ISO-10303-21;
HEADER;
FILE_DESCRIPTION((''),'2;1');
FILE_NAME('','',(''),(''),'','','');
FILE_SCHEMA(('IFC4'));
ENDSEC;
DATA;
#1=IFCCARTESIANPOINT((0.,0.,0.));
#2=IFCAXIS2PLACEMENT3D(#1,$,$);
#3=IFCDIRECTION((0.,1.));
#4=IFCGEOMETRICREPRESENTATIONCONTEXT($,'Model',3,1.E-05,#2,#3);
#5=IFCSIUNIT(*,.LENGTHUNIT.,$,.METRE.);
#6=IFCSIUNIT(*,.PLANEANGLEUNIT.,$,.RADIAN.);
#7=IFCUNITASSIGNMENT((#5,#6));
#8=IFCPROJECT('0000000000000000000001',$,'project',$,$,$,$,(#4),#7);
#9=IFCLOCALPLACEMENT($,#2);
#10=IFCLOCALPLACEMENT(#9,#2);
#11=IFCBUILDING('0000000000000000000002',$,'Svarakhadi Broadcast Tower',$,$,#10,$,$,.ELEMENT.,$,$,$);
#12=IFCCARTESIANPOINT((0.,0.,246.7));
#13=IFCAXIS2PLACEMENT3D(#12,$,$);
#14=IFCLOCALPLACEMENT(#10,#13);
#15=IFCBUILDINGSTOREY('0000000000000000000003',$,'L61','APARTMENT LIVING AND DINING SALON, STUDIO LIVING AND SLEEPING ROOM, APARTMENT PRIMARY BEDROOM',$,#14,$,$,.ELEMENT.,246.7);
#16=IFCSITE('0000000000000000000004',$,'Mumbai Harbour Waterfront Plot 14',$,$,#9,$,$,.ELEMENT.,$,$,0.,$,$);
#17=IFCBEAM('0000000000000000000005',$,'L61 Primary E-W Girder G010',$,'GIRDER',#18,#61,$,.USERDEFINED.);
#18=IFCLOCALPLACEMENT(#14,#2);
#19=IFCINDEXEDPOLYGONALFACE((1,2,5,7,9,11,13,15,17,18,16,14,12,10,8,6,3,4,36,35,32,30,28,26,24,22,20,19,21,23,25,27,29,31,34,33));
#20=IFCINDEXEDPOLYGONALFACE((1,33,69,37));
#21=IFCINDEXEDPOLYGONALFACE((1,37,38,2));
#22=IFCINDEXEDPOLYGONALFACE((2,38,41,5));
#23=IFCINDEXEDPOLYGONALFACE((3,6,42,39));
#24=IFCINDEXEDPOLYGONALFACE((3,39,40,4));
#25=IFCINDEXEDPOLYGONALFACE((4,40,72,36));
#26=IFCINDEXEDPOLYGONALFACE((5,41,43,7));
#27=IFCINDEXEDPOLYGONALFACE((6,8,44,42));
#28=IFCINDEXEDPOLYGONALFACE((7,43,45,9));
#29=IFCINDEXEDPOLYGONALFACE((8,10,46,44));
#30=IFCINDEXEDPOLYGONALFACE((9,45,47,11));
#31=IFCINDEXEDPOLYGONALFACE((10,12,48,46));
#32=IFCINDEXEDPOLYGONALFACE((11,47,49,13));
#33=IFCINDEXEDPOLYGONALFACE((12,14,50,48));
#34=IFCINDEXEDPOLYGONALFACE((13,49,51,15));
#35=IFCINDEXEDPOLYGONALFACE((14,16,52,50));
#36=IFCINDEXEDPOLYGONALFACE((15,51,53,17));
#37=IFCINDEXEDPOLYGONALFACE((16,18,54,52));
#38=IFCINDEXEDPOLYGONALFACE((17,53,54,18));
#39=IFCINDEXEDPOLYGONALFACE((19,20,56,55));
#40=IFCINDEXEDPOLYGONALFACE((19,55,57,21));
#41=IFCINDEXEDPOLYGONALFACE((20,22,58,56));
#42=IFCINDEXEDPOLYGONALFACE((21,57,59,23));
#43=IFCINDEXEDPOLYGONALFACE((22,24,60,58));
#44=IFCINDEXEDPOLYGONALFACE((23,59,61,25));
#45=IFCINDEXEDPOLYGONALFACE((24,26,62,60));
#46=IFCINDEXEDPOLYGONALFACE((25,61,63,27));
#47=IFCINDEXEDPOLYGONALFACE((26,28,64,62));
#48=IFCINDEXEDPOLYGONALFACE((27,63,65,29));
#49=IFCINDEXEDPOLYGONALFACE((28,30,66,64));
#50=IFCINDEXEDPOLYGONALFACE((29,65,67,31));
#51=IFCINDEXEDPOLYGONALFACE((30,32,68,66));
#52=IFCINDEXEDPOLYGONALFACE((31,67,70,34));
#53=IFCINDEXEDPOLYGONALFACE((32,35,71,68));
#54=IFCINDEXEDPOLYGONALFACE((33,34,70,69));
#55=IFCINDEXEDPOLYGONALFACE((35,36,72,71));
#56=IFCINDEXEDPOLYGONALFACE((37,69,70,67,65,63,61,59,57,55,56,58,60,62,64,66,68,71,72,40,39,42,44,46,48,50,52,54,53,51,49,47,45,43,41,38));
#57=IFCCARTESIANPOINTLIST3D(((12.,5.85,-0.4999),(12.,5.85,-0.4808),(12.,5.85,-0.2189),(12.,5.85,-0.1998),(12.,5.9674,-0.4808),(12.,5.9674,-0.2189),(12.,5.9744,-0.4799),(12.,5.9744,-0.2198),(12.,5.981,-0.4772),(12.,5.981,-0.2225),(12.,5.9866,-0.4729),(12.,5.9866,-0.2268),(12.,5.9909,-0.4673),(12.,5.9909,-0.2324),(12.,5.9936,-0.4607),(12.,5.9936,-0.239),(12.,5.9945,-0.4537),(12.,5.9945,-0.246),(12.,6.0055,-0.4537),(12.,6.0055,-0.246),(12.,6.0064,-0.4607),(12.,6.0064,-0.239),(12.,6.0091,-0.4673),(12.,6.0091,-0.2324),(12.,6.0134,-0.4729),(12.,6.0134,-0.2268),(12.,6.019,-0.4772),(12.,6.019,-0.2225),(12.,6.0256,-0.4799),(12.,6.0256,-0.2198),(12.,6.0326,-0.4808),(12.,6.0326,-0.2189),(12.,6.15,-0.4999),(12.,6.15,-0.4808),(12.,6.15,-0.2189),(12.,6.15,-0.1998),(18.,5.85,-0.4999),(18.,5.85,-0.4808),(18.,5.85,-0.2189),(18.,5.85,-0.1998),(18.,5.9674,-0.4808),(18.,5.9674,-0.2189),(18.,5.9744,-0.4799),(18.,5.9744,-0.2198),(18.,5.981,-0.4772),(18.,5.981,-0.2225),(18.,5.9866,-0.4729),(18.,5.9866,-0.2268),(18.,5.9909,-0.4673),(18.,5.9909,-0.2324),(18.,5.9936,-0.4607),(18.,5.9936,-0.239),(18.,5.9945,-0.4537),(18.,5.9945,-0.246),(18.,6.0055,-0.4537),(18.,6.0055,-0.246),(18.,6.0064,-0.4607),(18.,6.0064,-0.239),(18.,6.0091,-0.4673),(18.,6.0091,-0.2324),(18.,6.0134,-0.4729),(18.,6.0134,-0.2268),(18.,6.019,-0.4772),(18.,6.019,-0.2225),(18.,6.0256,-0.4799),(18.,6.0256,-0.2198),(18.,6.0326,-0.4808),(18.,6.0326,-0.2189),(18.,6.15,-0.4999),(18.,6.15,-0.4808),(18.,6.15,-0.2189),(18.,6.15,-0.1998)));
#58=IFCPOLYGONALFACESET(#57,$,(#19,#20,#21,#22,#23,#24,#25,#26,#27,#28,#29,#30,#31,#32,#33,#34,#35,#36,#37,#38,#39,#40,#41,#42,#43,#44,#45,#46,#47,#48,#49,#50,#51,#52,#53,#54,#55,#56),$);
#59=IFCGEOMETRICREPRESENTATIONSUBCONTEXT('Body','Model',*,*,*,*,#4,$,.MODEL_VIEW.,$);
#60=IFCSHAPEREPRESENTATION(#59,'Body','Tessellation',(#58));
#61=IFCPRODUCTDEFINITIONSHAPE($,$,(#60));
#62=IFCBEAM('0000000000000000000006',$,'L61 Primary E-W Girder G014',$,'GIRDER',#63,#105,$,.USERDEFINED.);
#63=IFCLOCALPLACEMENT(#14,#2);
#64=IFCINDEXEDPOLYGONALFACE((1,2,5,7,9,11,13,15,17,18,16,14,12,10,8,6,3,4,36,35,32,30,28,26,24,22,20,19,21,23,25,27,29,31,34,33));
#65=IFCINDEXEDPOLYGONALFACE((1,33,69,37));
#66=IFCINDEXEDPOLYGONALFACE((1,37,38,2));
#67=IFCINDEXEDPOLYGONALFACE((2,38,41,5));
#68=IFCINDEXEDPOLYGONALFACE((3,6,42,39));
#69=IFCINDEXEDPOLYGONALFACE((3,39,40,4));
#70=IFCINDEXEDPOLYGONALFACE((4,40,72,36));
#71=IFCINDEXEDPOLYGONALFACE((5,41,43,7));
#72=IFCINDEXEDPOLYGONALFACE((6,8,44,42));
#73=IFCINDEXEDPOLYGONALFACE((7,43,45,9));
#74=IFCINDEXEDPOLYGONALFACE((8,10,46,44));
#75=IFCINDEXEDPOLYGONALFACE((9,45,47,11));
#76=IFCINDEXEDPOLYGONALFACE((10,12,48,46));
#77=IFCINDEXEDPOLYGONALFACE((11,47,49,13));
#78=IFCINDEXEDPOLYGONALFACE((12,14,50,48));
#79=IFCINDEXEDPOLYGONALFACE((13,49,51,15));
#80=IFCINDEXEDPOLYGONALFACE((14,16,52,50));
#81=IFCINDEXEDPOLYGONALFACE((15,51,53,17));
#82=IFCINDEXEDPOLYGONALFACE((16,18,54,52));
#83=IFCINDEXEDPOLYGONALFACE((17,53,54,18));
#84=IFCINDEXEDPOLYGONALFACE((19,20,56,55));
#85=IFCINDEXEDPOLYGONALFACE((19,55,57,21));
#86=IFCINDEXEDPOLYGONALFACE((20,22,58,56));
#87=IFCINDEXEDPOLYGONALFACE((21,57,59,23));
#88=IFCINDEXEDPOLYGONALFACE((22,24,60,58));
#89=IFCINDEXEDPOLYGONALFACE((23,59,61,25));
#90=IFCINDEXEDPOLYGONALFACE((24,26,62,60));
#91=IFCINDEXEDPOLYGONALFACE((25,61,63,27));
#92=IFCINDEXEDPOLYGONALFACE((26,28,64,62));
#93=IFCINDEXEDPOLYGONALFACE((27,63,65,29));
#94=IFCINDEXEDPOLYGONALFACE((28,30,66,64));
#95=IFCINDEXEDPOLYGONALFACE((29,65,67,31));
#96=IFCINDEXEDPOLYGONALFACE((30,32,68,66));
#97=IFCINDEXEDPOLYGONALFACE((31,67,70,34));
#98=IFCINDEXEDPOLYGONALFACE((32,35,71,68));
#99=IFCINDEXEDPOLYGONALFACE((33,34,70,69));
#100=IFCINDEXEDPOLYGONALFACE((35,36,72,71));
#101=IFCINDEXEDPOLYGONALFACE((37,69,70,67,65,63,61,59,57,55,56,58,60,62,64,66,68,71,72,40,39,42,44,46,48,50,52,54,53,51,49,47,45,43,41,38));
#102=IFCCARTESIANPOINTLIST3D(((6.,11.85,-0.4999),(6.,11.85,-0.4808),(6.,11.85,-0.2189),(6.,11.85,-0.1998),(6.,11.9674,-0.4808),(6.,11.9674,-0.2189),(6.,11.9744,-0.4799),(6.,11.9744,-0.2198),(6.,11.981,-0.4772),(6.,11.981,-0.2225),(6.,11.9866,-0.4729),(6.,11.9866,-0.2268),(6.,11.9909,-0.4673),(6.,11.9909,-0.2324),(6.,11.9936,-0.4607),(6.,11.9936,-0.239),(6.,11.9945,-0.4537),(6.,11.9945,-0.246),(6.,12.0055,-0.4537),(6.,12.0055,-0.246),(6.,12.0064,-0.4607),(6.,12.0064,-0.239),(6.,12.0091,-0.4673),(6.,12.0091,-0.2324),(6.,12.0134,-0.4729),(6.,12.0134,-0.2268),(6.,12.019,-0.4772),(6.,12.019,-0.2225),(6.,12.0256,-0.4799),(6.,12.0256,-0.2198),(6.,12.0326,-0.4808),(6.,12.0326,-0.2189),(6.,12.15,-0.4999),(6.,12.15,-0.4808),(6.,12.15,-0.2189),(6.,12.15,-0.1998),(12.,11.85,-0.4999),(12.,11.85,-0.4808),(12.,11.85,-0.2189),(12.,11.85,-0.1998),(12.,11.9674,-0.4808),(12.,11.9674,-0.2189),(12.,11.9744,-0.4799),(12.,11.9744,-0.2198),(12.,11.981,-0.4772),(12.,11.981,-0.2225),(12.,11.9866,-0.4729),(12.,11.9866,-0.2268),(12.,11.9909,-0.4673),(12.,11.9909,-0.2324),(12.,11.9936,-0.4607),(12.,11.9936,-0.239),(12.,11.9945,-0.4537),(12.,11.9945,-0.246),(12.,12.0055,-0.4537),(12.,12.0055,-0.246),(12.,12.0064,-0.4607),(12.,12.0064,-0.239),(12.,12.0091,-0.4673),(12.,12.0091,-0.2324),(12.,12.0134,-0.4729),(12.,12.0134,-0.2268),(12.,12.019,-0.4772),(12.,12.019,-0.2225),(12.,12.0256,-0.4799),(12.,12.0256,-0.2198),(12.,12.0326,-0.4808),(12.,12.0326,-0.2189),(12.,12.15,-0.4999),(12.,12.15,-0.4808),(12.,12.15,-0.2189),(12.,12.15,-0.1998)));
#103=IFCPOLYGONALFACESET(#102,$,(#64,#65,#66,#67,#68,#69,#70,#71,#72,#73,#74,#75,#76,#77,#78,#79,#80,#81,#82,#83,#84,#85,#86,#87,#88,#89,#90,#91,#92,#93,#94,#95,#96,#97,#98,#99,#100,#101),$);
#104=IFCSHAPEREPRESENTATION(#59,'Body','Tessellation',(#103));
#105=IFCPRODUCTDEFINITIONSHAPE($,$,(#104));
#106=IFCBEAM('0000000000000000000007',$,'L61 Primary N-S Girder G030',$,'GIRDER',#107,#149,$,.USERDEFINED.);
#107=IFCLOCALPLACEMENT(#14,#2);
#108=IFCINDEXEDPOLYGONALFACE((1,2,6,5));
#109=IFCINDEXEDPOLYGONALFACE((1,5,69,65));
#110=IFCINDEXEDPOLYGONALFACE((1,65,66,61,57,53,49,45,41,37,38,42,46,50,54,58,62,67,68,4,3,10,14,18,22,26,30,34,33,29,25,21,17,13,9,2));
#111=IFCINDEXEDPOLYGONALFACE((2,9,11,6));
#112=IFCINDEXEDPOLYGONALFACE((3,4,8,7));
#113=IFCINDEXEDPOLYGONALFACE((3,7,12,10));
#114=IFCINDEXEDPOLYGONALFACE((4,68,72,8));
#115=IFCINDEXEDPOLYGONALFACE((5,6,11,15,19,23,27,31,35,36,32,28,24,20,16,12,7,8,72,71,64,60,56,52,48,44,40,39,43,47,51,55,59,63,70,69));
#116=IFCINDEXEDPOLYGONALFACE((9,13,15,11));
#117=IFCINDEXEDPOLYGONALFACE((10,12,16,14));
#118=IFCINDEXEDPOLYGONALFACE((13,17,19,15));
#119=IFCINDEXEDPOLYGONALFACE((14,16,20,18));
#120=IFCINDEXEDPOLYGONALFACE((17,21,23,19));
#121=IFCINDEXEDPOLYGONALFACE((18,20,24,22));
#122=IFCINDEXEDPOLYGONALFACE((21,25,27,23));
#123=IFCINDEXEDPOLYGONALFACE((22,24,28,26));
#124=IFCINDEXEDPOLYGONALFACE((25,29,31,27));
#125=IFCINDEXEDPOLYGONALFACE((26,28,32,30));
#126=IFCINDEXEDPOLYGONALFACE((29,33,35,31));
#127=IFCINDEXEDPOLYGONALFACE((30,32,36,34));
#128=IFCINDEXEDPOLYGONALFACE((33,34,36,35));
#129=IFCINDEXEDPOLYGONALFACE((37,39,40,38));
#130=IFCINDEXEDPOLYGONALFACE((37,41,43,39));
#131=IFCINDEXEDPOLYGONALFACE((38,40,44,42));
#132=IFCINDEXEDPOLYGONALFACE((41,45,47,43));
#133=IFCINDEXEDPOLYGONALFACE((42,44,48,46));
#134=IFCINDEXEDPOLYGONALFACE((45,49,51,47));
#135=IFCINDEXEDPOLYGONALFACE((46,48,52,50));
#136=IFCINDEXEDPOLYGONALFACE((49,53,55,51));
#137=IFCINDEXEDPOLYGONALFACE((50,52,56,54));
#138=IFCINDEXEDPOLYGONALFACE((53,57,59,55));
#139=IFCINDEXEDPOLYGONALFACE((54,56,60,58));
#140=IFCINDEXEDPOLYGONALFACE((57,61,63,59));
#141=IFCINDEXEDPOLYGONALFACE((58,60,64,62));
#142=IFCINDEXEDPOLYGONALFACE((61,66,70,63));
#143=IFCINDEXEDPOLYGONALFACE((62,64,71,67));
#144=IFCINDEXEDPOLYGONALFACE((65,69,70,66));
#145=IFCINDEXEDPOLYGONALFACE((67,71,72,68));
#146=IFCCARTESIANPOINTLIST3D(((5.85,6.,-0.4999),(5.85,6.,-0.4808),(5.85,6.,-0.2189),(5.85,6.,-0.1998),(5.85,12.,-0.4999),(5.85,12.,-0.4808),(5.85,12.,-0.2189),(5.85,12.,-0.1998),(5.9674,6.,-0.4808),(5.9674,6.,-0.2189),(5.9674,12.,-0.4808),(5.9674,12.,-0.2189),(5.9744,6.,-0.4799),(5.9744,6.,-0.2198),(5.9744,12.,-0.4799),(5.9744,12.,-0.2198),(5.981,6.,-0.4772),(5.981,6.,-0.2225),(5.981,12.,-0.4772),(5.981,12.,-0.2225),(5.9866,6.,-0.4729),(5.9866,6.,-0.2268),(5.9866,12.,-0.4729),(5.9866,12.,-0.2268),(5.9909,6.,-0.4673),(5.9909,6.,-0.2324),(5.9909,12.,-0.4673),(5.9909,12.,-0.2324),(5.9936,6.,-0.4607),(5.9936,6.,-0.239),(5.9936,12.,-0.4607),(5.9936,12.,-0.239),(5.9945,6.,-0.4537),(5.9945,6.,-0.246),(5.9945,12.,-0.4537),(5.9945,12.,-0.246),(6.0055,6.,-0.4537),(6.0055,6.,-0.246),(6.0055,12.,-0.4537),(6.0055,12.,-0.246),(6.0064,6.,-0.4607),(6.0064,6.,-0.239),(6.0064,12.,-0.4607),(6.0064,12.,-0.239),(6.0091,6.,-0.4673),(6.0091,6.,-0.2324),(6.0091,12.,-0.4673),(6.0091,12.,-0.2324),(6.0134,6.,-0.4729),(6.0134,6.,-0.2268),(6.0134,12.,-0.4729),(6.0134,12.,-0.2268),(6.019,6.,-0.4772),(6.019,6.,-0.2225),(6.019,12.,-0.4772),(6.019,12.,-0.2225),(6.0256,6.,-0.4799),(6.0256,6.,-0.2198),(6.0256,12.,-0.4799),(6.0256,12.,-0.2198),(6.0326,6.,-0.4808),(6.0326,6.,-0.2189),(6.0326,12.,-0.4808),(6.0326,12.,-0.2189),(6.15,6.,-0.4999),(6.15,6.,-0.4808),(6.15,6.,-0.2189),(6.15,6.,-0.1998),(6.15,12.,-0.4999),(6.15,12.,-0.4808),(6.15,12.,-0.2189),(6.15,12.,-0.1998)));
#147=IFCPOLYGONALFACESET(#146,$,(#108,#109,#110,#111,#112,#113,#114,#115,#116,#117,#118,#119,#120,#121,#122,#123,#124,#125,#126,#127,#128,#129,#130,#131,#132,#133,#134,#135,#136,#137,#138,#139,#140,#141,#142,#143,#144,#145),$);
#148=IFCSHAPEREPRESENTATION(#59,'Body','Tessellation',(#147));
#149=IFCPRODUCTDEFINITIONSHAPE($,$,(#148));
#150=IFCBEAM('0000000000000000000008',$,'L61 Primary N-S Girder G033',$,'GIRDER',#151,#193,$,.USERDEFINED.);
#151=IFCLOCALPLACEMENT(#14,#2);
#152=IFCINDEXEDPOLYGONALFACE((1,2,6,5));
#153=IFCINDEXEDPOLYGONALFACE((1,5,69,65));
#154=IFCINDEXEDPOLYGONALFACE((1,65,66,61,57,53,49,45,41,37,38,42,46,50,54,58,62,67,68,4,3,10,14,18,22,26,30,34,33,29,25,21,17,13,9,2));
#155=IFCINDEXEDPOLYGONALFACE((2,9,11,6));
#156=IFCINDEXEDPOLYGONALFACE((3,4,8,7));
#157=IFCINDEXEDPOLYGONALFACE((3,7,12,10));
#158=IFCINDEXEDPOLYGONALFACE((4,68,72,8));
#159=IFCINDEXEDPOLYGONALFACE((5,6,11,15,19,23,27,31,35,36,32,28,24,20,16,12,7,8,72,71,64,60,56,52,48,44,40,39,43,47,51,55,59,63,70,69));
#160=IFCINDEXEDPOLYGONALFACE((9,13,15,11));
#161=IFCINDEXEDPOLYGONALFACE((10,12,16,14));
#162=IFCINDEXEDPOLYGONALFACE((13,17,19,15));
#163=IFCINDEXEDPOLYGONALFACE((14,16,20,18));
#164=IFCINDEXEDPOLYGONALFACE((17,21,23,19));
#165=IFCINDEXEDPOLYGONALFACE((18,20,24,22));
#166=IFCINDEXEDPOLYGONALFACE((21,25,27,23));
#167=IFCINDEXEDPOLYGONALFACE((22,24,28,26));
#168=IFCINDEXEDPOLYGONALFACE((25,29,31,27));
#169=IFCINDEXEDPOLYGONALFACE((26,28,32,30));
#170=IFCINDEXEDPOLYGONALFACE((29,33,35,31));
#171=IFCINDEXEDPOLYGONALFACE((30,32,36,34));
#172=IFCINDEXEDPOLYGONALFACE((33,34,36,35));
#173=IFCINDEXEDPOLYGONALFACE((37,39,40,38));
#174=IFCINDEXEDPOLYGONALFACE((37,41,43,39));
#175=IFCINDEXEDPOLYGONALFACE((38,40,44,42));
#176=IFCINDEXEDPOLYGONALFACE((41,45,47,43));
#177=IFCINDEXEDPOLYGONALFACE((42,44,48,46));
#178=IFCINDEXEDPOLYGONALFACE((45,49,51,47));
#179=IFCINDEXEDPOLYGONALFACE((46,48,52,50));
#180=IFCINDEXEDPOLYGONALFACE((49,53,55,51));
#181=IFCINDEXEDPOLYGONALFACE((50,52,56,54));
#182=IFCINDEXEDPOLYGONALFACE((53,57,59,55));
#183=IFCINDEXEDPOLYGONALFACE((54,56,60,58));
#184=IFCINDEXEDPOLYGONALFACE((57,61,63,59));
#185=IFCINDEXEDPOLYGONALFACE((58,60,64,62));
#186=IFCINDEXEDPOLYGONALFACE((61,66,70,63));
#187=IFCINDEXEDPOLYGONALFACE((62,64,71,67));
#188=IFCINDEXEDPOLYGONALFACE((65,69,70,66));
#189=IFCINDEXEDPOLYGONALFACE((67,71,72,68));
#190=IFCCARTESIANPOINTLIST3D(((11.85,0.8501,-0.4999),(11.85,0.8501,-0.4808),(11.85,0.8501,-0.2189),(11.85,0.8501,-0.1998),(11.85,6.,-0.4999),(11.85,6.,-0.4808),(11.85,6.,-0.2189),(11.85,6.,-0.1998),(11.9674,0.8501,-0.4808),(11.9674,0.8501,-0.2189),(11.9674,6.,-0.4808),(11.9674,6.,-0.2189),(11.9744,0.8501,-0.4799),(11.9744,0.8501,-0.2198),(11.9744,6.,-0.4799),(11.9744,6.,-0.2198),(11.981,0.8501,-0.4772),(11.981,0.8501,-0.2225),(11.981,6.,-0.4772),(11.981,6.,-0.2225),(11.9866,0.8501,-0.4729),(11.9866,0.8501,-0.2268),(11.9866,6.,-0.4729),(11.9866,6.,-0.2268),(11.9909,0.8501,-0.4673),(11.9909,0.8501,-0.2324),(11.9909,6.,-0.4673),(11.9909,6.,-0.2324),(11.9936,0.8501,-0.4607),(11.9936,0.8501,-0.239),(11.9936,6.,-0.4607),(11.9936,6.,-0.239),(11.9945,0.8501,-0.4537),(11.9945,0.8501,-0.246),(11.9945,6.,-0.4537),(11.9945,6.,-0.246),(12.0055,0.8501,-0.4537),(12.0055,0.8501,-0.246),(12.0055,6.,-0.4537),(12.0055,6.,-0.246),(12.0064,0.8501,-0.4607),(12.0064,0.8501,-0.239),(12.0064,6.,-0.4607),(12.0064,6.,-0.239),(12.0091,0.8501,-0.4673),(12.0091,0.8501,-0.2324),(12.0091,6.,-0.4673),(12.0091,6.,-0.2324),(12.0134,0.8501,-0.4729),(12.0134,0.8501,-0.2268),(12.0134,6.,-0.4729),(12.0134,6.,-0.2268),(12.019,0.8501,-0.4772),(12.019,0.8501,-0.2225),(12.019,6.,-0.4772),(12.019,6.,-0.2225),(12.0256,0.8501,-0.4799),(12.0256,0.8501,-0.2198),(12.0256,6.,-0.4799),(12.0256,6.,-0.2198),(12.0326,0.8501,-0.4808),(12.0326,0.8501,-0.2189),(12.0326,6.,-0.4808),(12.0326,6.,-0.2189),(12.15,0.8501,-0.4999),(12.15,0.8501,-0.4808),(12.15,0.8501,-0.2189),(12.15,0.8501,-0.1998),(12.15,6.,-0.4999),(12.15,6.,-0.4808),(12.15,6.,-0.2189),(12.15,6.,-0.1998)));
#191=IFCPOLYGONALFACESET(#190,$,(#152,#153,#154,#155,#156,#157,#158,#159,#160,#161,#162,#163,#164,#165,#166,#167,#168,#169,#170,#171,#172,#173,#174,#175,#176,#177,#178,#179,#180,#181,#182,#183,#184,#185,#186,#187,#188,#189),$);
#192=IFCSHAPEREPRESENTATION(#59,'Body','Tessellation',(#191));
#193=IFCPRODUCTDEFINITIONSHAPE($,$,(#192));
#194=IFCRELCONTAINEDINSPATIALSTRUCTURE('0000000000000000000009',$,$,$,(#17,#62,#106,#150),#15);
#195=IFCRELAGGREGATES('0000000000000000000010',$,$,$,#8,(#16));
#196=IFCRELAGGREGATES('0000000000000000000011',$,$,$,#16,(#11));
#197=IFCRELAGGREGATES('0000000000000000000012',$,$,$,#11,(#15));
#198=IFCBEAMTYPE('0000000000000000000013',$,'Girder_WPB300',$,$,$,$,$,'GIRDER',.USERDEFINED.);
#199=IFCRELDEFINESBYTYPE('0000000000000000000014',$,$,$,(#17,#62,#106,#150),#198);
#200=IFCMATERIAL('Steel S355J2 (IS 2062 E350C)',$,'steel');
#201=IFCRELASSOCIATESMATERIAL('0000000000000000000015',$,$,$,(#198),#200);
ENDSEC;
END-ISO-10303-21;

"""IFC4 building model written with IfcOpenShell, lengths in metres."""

from ifc_helpers import new_model, si_unit, direction, frame, origin, origin_2d, place, context, subcontext, project, spatial, i_section, extrude, material, material_profile, profile_set, type_object, element, save


model = new_model("IFC4")

# Units and contexts
model_context = context("Model", 3, precision=1e-05, world=origin(), true_north=direction((0.0, 1.0)))
body_context = subcontext(model_context, "Body", "Model", "MODEL_VIEW")
ifc_project = project(units=[si_unit("LENGTHUNIT", "METRE"), si_unit("PLANEANGLEUNIT", "RADIAN")], contexts=[model_context])

# Site, building, storey
site_placement = place(None, origin())
site = spatial("IfcSite", under=ifc_project, at=site_placement, Name="Mumbai Harbour Waterfront Plot 14", CompositionType="ELEMENT", RefElevation=0.0)
building_placement = place(site_placement, origin())
building = spatial("IfcBuilding", under=site, at=building_placement, Name="Svarakhadi Broadcast Tower", CompositionType="ELEMENT")
storey_placement = place(building_placement, frame((0.0, 0.0, 246.7)))
storey = spatial("IfcBuildingStorey", under=building, at=storey_placement, Name="L61", Description="APARTMENT LIVING AND DINING SALON, STUDIO LIVING AND SLEEPING ROOM, APARTMENT PRIMARY BEDROOM", CompositionType="ELEMENT", Elevation=246.7)

# Beams
ifc_material_1 = material(Name="Steel S355J2 (IS 2062 E350C)", Category="steel")
ifc_material_profile_1 = material_profile(ifc_material_1, i_section(OverallWidth=0.3, OverallDepth=0.3, WebThickness=0.011, FlangeThickness=0.019, FilletRadius=0.0271, at=origin_2d()), Name="WPB 300x300x117")
ifc_profile_set_1 = profile_set([ifc_material_profile_1], Name="Steel S355J2 (IS 2062 E350C)")
beam_type_1 = type_object("IfcBeamType", Name="Girder_WPB300", ElementType="GIRDER", PredefinedType="USERDEFINED", material=ifc_profile_set_1)
for number, where, z_axis, x_axis, name in (
    (1, (12.0, 6.0, -0.3499), (1.0, 0.0, 0.0), (0.0, 1.0, 0.0), "L61 Primary E-W Girder G010"),
    (2, (6.0, 12.0, -0.3499), (1.0, 0.0, 0.0), (0.0, 1.0, 0.0), "L61 Primary E-W Girder G014"),
    (3, (6.0, 6.0, -0.3499), (0.0, 1.0, 0.0), (-1.0, 0.0, 0.0), "L61 Primary N-S Girder G030"),
):
    element("IfcBeam", number, at=place(storey_placement, frame(where, z_axis=z_axis, x_axis=x_axis)), inside=storey, type_object=beam_type_1, Name=name, ObjectType="GIRDER", PredefinedType="USERDEFINED", context=body_context, shape_type="SweptSolid", body=[
        extrude(i_section(OverallWidth=0.3, OverallDepth=0.3, WebThickness=0.011, FlangeThickness=0.019, FilletRadius=0.0271, at=origin_2d()), origin(), (0.0, 0.0, 1.0), 6.0),
    ])
beam_1_placement = place(storey_placement, frame((12.0, 0.8501, -0.3499), z_axis=(0.0, 1.0, 0.0), x_axis=(-1.0, 0.0, 0.0)))
element("IfcBeam", 4, at=beam_1_placement, inside=storey, type_object=beam_type_1, Name="L61 Primary N-S Girder G033", ObjectType="GIRDER", PredefinedType="USERDEFINED", context=body_context, shape_type="SweptSolid", body=[
    extrude(i_section(OverallWidth=0.3, OverallDepth=0.3, WebThickness=0.011, FlangeThickness=0.019, FilletRadius=0.0271, at=origin_2d()), origin(), (0.0, 0.0, 1.0), 5.1499),
])

save(model, "model.ifc")
